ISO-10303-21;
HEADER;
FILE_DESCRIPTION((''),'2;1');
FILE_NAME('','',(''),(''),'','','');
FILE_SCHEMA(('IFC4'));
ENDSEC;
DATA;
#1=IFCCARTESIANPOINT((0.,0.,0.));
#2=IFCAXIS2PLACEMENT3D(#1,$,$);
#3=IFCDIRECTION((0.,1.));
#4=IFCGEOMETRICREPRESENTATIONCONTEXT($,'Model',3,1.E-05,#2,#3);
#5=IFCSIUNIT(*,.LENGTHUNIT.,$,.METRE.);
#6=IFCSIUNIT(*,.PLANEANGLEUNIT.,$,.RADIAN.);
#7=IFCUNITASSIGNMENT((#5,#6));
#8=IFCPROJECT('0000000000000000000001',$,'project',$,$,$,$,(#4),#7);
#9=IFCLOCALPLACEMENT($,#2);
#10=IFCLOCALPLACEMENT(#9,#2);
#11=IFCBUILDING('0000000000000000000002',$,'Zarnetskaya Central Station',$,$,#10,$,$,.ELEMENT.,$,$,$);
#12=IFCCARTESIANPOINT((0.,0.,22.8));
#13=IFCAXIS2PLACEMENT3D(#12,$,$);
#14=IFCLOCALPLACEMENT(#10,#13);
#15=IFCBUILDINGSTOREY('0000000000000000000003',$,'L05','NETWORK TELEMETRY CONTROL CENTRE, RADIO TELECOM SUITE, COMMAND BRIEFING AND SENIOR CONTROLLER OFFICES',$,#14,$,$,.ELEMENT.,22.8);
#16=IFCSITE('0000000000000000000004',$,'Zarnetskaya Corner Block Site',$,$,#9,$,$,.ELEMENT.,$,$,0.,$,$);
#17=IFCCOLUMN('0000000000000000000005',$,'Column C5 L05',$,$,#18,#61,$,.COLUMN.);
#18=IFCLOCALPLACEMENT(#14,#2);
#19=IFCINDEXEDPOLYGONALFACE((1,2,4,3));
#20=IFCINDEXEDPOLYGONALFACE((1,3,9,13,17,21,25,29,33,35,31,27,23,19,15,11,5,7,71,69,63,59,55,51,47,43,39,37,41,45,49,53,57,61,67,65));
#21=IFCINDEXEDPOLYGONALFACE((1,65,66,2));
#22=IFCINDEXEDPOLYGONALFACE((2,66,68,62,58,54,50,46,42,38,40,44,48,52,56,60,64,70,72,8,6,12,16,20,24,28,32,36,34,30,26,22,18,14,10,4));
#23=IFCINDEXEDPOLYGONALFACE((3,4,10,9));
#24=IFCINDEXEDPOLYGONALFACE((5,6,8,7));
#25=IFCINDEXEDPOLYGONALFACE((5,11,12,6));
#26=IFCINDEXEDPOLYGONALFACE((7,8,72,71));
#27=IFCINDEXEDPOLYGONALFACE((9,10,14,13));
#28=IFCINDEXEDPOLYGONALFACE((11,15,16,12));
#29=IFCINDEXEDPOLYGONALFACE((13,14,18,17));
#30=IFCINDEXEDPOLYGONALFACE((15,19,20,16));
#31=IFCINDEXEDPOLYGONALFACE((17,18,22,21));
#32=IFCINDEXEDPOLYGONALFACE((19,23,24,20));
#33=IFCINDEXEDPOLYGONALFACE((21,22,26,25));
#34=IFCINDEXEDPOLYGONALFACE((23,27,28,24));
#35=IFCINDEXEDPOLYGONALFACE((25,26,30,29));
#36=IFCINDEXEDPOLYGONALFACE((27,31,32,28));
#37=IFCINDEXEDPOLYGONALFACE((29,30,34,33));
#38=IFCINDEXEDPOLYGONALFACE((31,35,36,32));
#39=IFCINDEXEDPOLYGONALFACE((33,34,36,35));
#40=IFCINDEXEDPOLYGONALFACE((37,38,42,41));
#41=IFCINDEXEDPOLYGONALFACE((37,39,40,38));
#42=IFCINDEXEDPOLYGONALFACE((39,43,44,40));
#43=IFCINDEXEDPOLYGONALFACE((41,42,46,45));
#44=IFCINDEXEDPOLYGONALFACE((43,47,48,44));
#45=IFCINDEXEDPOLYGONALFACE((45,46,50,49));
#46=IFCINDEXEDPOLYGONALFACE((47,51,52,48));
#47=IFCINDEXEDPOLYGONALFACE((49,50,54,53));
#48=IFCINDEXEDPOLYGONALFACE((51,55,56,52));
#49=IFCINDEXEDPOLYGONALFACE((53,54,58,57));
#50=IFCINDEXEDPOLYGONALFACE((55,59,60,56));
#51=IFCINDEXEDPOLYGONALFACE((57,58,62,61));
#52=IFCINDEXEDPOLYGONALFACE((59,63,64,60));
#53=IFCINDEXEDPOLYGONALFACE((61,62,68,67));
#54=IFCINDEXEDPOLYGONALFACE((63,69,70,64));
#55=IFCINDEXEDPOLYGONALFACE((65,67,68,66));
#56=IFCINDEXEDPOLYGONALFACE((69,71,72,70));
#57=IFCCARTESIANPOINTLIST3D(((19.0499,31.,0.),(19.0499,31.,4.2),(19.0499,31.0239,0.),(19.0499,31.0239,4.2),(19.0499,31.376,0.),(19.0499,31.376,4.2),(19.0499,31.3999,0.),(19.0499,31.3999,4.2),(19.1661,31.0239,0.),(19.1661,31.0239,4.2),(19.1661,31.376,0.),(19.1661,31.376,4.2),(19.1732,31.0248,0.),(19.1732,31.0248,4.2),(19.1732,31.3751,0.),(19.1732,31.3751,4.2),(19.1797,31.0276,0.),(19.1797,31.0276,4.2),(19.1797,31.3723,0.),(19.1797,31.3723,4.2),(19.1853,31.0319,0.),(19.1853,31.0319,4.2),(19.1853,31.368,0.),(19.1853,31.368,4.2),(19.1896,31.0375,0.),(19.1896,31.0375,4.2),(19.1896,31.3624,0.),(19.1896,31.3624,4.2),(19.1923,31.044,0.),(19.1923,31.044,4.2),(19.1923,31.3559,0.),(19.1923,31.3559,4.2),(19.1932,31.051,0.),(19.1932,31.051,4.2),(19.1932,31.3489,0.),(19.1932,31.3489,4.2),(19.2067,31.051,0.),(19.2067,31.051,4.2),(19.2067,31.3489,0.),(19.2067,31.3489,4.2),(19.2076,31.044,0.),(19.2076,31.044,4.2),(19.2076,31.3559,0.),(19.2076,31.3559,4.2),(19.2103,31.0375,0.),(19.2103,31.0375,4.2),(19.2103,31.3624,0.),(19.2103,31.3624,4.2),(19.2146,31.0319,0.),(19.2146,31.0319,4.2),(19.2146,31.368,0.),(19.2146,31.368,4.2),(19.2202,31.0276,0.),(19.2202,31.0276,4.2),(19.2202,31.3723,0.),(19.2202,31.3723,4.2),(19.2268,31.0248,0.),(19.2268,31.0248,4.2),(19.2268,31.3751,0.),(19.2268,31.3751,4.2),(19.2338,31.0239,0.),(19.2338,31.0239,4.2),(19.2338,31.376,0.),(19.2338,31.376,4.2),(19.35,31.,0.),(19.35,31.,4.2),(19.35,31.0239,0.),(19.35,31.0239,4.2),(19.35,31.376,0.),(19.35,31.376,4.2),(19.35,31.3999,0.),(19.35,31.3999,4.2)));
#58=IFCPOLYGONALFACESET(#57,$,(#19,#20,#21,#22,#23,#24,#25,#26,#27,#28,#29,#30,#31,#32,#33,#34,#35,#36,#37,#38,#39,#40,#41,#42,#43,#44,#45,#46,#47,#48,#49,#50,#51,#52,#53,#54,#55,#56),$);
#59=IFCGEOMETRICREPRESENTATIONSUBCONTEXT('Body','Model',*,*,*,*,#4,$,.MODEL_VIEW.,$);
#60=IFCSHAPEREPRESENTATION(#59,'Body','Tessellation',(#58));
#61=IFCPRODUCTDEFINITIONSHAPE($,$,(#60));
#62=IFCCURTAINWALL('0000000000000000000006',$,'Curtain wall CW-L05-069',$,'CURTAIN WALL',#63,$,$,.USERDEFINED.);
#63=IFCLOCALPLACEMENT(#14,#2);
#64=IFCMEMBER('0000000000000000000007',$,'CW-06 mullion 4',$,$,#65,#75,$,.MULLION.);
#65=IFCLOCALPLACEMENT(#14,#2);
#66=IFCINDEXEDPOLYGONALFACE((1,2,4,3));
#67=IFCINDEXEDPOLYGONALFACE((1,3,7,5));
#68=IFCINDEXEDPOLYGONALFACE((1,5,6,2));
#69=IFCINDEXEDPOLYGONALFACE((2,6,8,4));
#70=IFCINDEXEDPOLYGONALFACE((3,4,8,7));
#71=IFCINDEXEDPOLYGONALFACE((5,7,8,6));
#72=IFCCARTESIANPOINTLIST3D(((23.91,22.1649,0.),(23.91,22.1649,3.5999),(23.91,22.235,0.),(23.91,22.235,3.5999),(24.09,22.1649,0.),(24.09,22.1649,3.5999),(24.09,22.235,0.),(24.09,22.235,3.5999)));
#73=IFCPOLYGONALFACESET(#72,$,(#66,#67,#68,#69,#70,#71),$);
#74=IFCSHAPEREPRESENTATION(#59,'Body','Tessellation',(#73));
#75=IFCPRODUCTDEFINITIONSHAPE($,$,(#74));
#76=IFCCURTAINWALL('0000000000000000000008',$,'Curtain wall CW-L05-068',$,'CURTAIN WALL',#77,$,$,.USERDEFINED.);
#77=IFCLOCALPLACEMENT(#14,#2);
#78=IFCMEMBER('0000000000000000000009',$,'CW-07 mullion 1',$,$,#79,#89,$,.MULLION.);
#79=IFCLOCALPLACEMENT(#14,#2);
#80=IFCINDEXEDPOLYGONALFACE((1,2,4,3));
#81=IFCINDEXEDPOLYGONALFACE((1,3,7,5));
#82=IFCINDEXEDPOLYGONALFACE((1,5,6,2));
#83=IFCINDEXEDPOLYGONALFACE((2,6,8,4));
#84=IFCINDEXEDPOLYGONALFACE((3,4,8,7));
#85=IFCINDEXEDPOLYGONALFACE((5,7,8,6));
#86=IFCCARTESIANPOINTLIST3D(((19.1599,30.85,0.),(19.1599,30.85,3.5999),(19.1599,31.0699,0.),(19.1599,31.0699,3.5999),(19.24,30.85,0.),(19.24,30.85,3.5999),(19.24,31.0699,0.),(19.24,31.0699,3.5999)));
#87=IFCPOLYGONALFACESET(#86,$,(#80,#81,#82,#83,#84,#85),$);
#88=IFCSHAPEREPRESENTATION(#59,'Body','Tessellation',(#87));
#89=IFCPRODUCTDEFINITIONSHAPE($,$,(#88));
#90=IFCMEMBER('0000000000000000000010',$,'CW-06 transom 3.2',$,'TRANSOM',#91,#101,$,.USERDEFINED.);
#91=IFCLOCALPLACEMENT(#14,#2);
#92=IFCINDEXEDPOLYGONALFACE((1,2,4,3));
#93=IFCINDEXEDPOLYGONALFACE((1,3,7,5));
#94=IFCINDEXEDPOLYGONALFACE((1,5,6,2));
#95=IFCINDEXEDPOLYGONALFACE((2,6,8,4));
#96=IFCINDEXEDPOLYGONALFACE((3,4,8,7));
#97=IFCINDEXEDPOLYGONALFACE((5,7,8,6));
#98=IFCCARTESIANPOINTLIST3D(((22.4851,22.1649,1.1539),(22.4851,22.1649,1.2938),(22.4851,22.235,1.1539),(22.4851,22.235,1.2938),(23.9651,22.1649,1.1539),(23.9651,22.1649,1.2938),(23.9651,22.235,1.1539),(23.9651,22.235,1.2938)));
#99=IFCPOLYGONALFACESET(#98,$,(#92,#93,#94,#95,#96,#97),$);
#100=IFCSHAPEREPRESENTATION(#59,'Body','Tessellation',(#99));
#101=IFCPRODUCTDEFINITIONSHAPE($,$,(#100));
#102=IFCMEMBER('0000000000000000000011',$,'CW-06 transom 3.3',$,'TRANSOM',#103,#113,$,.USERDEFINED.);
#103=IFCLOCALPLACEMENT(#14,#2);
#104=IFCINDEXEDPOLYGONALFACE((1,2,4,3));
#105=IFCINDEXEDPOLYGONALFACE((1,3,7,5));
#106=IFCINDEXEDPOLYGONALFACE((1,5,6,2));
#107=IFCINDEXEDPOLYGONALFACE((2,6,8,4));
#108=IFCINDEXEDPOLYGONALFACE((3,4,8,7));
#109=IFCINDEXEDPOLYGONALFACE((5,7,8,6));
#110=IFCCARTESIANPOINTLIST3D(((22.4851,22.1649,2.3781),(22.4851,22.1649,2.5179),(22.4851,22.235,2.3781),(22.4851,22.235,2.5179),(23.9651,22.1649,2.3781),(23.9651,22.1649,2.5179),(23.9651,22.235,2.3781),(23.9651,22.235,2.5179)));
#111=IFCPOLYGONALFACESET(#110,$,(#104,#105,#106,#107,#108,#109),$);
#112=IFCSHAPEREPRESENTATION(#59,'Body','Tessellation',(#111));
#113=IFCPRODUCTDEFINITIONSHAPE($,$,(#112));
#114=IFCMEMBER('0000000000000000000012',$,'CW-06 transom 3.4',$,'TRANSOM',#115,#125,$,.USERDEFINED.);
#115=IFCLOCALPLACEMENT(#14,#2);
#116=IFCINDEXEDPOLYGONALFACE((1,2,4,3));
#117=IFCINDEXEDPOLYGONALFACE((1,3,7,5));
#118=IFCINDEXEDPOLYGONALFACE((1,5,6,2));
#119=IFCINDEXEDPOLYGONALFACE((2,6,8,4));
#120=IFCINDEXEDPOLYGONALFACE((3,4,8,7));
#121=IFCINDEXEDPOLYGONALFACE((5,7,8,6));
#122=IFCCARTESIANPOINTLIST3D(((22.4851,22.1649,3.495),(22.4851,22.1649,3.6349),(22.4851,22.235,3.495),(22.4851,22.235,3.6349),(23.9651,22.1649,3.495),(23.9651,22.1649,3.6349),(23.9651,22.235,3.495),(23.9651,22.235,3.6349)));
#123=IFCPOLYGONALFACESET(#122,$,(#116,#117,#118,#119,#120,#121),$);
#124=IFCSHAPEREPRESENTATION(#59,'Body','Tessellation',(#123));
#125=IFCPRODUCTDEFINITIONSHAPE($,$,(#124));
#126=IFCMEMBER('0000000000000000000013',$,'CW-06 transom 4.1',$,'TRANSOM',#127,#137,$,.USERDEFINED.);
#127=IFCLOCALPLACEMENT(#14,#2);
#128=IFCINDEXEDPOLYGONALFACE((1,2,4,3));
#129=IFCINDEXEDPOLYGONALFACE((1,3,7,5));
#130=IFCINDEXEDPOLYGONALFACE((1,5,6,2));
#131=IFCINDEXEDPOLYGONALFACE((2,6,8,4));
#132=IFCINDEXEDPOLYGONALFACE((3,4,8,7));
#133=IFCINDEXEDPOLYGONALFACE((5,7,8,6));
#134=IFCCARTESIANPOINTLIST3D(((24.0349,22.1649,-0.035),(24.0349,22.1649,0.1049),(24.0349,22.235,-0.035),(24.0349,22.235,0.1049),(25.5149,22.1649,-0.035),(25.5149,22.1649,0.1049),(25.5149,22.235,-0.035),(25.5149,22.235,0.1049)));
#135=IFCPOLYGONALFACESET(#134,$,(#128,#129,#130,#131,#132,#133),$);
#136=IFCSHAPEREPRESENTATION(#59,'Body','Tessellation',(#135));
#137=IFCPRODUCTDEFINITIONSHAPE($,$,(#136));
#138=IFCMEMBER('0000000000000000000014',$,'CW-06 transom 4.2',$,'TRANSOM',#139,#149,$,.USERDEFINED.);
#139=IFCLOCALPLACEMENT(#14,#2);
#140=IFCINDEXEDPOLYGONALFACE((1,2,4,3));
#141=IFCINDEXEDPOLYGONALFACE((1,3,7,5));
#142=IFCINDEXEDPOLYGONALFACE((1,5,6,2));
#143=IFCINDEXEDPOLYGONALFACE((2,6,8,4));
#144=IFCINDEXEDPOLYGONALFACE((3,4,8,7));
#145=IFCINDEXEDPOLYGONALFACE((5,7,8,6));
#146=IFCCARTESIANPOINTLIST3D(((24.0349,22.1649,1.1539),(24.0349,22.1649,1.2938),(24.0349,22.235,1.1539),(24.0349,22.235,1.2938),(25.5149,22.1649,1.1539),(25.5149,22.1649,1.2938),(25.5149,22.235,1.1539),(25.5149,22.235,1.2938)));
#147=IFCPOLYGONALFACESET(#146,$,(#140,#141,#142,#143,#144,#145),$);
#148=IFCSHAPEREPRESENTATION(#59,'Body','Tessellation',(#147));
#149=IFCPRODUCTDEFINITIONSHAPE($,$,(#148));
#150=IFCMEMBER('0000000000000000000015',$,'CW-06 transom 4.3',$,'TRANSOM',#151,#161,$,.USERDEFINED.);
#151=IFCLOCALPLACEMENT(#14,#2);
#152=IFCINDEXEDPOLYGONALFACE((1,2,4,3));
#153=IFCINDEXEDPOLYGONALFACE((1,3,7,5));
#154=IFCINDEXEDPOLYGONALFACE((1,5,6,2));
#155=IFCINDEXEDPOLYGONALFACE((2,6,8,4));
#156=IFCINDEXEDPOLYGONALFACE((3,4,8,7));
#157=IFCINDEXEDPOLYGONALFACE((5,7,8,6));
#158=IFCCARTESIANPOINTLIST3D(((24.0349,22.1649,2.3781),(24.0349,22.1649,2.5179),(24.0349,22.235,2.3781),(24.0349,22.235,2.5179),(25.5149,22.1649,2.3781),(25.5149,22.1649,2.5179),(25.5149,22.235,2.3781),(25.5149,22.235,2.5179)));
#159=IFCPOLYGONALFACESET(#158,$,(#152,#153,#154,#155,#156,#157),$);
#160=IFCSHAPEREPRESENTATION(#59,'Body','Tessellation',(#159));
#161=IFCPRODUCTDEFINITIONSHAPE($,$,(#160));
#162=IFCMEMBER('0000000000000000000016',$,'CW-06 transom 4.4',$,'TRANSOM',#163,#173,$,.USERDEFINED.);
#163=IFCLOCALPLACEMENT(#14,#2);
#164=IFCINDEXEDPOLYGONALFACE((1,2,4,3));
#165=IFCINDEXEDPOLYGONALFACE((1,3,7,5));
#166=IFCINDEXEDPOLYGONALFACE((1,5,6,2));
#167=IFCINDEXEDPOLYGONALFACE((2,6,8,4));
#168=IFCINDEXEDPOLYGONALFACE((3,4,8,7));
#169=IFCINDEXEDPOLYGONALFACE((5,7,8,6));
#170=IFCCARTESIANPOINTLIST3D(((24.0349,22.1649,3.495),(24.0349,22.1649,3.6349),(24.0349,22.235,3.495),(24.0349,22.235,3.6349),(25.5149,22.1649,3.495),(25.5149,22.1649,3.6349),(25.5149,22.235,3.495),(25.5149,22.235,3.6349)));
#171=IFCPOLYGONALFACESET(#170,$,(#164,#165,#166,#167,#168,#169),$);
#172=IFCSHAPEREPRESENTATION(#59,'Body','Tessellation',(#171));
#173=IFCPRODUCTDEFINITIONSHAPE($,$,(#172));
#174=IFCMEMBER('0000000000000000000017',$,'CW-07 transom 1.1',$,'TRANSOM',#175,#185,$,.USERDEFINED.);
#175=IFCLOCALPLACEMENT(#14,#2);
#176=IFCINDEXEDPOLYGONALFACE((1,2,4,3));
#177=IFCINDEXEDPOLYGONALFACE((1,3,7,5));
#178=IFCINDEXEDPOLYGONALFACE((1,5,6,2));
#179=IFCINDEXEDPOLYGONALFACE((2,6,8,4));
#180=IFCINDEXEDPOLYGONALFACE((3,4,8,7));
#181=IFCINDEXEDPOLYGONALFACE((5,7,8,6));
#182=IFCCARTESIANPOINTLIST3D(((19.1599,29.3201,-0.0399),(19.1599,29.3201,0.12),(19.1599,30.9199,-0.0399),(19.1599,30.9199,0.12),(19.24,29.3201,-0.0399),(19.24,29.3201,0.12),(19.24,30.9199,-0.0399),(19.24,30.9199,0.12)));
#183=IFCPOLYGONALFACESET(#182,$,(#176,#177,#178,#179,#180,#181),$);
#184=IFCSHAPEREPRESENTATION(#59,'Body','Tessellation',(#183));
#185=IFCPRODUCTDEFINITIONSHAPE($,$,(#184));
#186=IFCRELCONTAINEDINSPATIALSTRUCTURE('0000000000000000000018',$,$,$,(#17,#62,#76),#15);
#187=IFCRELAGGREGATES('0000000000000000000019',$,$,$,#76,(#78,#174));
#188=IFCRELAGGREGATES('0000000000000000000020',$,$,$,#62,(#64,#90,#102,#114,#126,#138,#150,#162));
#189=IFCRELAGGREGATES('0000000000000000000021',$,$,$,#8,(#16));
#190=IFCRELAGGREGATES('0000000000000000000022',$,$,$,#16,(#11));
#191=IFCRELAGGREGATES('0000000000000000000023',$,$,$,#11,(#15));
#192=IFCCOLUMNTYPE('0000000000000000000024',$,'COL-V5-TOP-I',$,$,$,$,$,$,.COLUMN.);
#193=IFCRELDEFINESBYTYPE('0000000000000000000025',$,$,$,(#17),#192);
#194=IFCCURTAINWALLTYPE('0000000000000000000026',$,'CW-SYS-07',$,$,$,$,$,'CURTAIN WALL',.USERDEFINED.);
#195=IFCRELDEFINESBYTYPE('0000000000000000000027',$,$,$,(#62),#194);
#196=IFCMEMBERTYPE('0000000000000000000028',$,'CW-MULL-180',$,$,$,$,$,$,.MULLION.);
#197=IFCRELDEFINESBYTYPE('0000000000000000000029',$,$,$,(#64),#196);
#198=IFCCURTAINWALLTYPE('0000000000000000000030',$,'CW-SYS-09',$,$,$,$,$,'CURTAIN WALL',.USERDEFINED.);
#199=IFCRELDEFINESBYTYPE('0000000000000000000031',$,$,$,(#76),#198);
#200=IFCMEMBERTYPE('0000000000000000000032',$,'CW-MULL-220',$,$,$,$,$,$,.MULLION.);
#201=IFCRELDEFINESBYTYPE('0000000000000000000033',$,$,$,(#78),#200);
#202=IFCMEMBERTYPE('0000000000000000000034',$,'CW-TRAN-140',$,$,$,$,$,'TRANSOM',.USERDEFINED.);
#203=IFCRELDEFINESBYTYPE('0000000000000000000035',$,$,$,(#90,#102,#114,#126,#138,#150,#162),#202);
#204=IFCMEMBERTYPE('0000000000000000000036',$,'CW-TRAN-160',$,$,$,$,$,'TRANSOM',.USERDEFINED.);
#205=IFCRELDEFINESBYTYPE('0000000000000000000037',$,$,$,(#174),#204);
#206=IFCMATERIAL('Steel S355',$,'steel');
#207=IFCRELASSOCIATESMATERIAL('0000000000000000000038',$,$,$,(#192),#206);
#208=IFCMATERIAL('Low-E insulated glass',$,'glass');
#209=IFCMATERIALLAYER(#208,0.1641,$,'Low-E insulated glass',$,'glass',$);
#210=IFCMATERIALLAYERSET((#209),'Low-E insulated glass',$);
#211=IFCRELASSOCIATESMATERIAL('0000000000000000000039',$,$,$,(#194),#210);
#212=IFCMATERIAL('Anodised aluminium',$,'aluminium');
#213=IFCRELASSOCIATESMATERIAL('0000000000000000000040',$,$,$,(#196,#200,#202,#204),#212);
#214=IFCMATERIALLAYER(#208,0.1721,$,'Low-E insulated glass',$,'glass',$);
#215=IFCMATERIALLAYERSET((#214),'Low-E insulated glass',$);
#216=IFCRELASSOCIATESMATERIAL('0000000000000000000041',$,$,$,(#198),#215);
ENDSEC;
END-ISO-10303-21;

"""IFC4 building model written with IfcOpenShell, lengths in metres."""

from ifc_helpers import new_model, si_unit, direction, frame, origin, origin_2d, place, context, subcontext, project, spatial, rectangle, i_section, extrude, material, layer, layer_set, material_profile, profile_set, type_object, element, aggregate, save


model = new_model("IFC4")

# Units and contexts
model_context = context("Model", 3, precision=1e-05, world=origin(), true_north=direction((0.0, 1.0)))
body_context = subcontext(model_context, "Body", "Model", "MODEL_VIEW")
ifc_project = project(units=[si_unit("LENGTHUNIT", "METRE"), si_unit("PLANEANGLEUNIT", "RADIAN")], contexts=[model_context])

# Site, building, storey
site_placement = place(None, origin())
site = spatial("IfcSite", under=ifc_project, at=site_placement, Name="Zarnetskaya Corner Block Site", CompositionType="ELEMENT", RefElevation=0.0)
building_placement = place(site_placement, origin())
building = spatial("IfcBuilding", under=site, at=building_placement, Name="Zarnetskaya Central Station", CompositionType="ELEMENT")
storey_placement = place(building_placement, frame((0.0, 0.0, 22.8)))
storey = spatial("IfcBuildingStorey", under=building, at=storey_placement, Name="L05", Description="NETWORK TELEMETRY CONTROL CENTRE, RADIO TELECOM SUITE, COMMAND BRIEFING AND SENIOR CONTROLLER OFFICES", CompositionType="ELEMENT", Elevation=22.8)

# Column
ifc_material_1 = material(Name="Steel S355", Category="steel")
ifc_material_profile_1 = material_profile(ifc_material_1, i_section(OverallWidth=0.3, OverallDepth=0.3999, WebThickness=0.0134, FlangeThickness=0.0239, FilletRadius=0.0271, at=origin_2d()), Name="HEB 400")
ifc_profile_set_1 = profile_set([ifc_material_profile_1], Name="Steel S355")
column_type = type_object("IfcColumnType", Name="COL-V5-TOP-I", PredefinedType="COLUMN", material=ifc_profile_set_1)
column_placement = place(storey_placement, frame((19.2, 31.2, 0.0), z_axis=(0.0, 0.0, 1.0), x_axis=(1.0, 0.0, 0.0)))
element("IfcColumn", 1, at=column_placement, inside=storey, type_object=column_type, Name="Column C5 L05", PredefinedType="COLUMN", context=body_context, shape_type="SweptSolid", body=[
    extrude(i_section(OverallWidth=0.3, OverallDepth=0.3999, WebThickness=0.0134, FlangeThickness=0.0239, FilletRadius=0.0271, at=origin_2d()), origin(), (0.0, 0.0, 1.0), 4.2),
])

# Curtain walls, members
ifc_material_2 = material(Name="Low-E insulated glass", Category="glass")
ifc_layer_1 = layer(ifc_material_2, 0.1641, Name="Low-E insulated glass", Category="glass")
ifc_layer_set_1 = layer_set([ifc_layer_1], Name="Low-E insulated glass")
curtain_wall_type_1 = type_object("IfcCurtainWallType", Name="CW-SYS-07", ElementType="CURTAIN WALL", PredefinedType="USERDEFINED", material=ifc_layer_set_1)
curtain_wall_1_placement = place(storey_placement, origin())
curtain_wall_1 = element("IfcCurtainWall", 2, at=curtain_wall_1_placement, inside=storey, type_object=curtain_wall_type_1, Name="Curtain wall CW-L05-069", ObjectType="CURTAIN WALL", PredefinedType="USERDEFINED")
ifc_material_3 = material(Name="Anodised aluminium", Category="aluminium")
ifc_material_profile_2 = material_profile(ifc_material_3, rectangle(XDim=0.0701, YDim=0.1799, at=origin_2d()), Name="ALU MULL 70x180")
ifc_profile_set_2 = profile_set([ifc_material_profile_2], Name="Anodised aluminium")
member_type_1 = type_object("IfcMemberType", Name="CW-MULL-180", PredefinedType="MULLION", material=ifc_profile_set_2)
member_1_placement = place(storey_placement, frame((24.0, 22.2, 0.0), z_axis=(0.0, 0.0, 1.0), x_axis=(0.0, 1.0, 0.0)))
member_1 = element("IfcMember", 3, at=member_1_placement, type_object=member_type_1, Name="CW-06 mullion 4", PredefinedType="MULLION", context=body_context, shape_type="SweptSolid", body=[
    extrude(rectangle(XDim=0.0701, YDim=0.1799, at=origin_2d()), origin(), (0.0, 0.0, 1.0), 3.5999),
])
ifc_layer_2 = layer(ifc_material_2, 0.1721, Name="Low-E insulated glass", Category="glass")
ifc_layer_set_2 = layer_set([ifc_layer_2], Name="Low-E insulated glass")
curtain_wall_type_2 = type_object("IfcCurtainWallType", Name="CW-SYS-09", ElementType="CURTAIN WALL", PredefinedType="USERDEFINED", material=ifc_layer_set_2)
curtain_wall_2_placement = place(storey_placement, origin())
curtain_wall_2 = element("IfcCurtainWall", 4, at=curtain_wall_2_placement, inside=storey, type_object=curtain_wall_type_2, Name="Curtain wall CW-L05-068", ObjectType="CURTAIN WALL", PredefinedType="USERDEFINED")
ifc_material_profile_3 = material_profile(ifc_material_3, rectangle(XDim=0.0801, YDim=0.22, at=origin_2d()), Name="ALU MULL 80x220")
ifc_profile_set_3 = profile_set([ifc_material_profile_3], Name="Anodised aluminium")
member_type_2 = type_object("IfcMemberType", Name="CW-MULL-220", PredefinedType="MULLION", material=ifc_profile_set_3)
member_2_placement = place(storey_placement, frame((19.2, 30.96, 0.0), z_axis=(0.0, 0.0, 1.0), x_axis=(1.0, 0.0, 0.0)))
member_2 = element("IfcMember", 5, at=member_2_placement, type_object=member_type_2, Name="CW-07 mullion 1", PredefinedType="MULLION", context=body_context, shape_type="SweptSolid", body=[
    extrude(rectangle(XDim=0.0801, YDim=0.22, at=origin_2d()), origin(), (0.0, 0.0, 1.0), 3.5999),
])

# Members
ifc_material_profile_4 = material_profile(ifc_material_3, rectangle(XDim=0.0701, YDim=0.1399, at=origin_2d()), Name="ALU TRAN 70x140")
ifc_profile_set_4 = profile_set([ifc_material_profile_4], Name="Anodised aluminium")
member_type_3 = type_object("IfcMemberType", Name="CW-TRAN-140", ElementType="TRANSOM", PredefinedType="USERDEFINED", material=ifc_profile_set_4)
member_3_placement = place(storey_placement, frame((22.4851, 22.2, 1.2239), z_axis=(1.0, 0.0, 0.0), x_axis=(0.0, 1.0, 0.0)))
member_3 = element("IfcMember", 6, at=member_3_placement, type_object=member_type_3, Name="CW-06 transom 3.2", ObjectType="TRANSOM", PredefinedType="USERDEFINED", context=body_context, shape_type="SweptSolid", body=[
    extrude(rectangle(XDim=0.0701, YDim=0.1399, at=origin_2d()), origin(), (0.0, 0.0, 1.0), 1.48),
])
member_4_placement = place(storey_placement, frame((22.4851, 22.2, 2.448), z_axis=(1.0, 0.0, 0.0), x_axis=(0.0, 1.0, 0.0)))
member_4 = element("IfcMember", 7, at=member_4_placement, type_object=member_type_3, Name="CW-06 transom 3.3", ObjectType="TRANSOM", PredefinedType="USERDEFINED", context=body_context, shape_type="SweptSolid", body=[
    extrude(rectangle(XDim=0.0701, YDim=0.1399, at=origin_2d()), origin(), (0.0, 0.0, 1.0), 1.48),
])
member_5_placement = place(storey_placement, frame((22.4851, 22.2, 3.5649), z_axis=(1.0, 0.0, 0.0), x_axis=(0.0, 1.0, 0.0)))
member_5 = element("IfcMember", 8, at=member_5_placement, type_object=member_type_3, Name="CW-06 transom 3.4", ObjectType="TRANSOM", PredefinedType="USERDEFINED", context=body_context, shape_type="SweptSolid", body=[
    extrude(rectangle(XDim=0.0701, YDim=0.1399, at=origin_2d()), origin(), (0.0, 0.0, 1.0), 1.48),
])
member_6_placement = place(storey_placement, frame((24.0349, 22.2, 0.0349), z_axis=(1.0, 0.0, 0.0), x_axis=(0.0, 1.0, 0.0)))
member_6 = element("IfcMember", 9, at=member_6_placement, type_object=member_type_3, Name="CW-06 transom 4.1", ObjectType="TRANSOM", PredefinedType="USERDEFINED", context=body_context, shape_type="SweptSolid", body=[
    extrude(rectangle(XDim=0.0701, YDim=0.1399, at=origin_2d()), origin(), (0.0, 0.0, 1.0), 1.48),
])
member_7_placement = place(storey_placement, frame((24.0349, 22.2, 1.2239), z_axis=(1.0, 0.0, 0.0), x_axis=(0.0, 1.0, 0.0)))
member_7 = element("IfcMember", 10, at=member_7_placement, type_object=member_type_3, Name="CW-06 transom 4.2", ObjectType="TRANSOM", PredefinedType="USERDEFINED", context=body_context, shape_type="SweptSolid", body=[
    extrude(rectangle(XDim=0.0701, YDim=0.1399, at=origin_2d()), origin(), (0.0, 0.0, 1.0), 1.48),
])
member_8_placement = place(storey_placement, frame((24.0349, 22.2, 2.448), z_axis=(1.0, 0.0, 0.0), x_axis=(0.0, 1.0, 0.0)))
member_8 = element("IfcMember", 11, at=member_8_placement, type_object=member_type_3, Name="CW-06 transom 4.3", ObjectType="TRANSOM", PredefinedType="USERDEFINED", context=body_context, shape_type="SweptSolid", body=[
    extrude(rectangle(XDim=0.0701, YDim=0.1399, at=origin_2d()), origin(), (0.0, 0.0, 1.0), 1.48),
])
member_9_placement = place(storey_placement, frame((24.0349, 22.2, 3.5649), z_axis=(1.0, 0.0, 0.0), x_axis=(0.0, 1.0, 0.0)))
member_9 = element("IfcMember", 12, at=member_9_placement, type_object=member_type_3, Name="CW-06 transom 4.4", ObjectType="TRANSOM", PredefinedType="USERDEFINED", context=body_context, shape_type="SweptSolid", body=[
    extrude(rectangle(XDim=0.0701, YDim=0.1399, at=origin_2d()), origin(), (0.0, 0.0, 1.0), 1.48),
])
ifc_material_profile_5 = material_profile(ifc_material_3, rectangle(XDim=0.0801, YDim=0.1599, at=origin_2d()), Name="ALU TRAN 80x160")
ifc_profile_set_5 = profile_set([ifc_material_profile_5], Name="Anodised aluminium")
member_type_4 = type_object("IfcMemberType", Name="CW-TRAN-160", ElementType="TRANSOM", PredefinedType="USERDEFINED", material=ifc_profile_set_5)
member_10_placement = place(storey_placement, frame((19.2, 30.9199, 0.04), z_axis=(0.0, -1.0, 0.0), x_axis=(1.0, 0.0, 0.0)))
member_10 = element("IfcMember", 13, at=member_10_placement, type_object=member_type_4, Name="CW-07 transom 1.1", ObjectType="TRANSOM", PredefinedType="USERDEFINED", context=body_context, shape_type="SweptSolid", body=[
    extrude(rectangle(XDim=0.0801, YDim=0.1599, at=origin_2d()), origin(), (0.0, 0.0, 1.0), 1.5999),
])

aggregate(curtain_wall_2, [member_2, member_10])
aggregate(curtain_wall_1, [member_1, member_3, member_4, member_5, member_6, member_7, member_8, member_9])

save(model, "model.ifc")
